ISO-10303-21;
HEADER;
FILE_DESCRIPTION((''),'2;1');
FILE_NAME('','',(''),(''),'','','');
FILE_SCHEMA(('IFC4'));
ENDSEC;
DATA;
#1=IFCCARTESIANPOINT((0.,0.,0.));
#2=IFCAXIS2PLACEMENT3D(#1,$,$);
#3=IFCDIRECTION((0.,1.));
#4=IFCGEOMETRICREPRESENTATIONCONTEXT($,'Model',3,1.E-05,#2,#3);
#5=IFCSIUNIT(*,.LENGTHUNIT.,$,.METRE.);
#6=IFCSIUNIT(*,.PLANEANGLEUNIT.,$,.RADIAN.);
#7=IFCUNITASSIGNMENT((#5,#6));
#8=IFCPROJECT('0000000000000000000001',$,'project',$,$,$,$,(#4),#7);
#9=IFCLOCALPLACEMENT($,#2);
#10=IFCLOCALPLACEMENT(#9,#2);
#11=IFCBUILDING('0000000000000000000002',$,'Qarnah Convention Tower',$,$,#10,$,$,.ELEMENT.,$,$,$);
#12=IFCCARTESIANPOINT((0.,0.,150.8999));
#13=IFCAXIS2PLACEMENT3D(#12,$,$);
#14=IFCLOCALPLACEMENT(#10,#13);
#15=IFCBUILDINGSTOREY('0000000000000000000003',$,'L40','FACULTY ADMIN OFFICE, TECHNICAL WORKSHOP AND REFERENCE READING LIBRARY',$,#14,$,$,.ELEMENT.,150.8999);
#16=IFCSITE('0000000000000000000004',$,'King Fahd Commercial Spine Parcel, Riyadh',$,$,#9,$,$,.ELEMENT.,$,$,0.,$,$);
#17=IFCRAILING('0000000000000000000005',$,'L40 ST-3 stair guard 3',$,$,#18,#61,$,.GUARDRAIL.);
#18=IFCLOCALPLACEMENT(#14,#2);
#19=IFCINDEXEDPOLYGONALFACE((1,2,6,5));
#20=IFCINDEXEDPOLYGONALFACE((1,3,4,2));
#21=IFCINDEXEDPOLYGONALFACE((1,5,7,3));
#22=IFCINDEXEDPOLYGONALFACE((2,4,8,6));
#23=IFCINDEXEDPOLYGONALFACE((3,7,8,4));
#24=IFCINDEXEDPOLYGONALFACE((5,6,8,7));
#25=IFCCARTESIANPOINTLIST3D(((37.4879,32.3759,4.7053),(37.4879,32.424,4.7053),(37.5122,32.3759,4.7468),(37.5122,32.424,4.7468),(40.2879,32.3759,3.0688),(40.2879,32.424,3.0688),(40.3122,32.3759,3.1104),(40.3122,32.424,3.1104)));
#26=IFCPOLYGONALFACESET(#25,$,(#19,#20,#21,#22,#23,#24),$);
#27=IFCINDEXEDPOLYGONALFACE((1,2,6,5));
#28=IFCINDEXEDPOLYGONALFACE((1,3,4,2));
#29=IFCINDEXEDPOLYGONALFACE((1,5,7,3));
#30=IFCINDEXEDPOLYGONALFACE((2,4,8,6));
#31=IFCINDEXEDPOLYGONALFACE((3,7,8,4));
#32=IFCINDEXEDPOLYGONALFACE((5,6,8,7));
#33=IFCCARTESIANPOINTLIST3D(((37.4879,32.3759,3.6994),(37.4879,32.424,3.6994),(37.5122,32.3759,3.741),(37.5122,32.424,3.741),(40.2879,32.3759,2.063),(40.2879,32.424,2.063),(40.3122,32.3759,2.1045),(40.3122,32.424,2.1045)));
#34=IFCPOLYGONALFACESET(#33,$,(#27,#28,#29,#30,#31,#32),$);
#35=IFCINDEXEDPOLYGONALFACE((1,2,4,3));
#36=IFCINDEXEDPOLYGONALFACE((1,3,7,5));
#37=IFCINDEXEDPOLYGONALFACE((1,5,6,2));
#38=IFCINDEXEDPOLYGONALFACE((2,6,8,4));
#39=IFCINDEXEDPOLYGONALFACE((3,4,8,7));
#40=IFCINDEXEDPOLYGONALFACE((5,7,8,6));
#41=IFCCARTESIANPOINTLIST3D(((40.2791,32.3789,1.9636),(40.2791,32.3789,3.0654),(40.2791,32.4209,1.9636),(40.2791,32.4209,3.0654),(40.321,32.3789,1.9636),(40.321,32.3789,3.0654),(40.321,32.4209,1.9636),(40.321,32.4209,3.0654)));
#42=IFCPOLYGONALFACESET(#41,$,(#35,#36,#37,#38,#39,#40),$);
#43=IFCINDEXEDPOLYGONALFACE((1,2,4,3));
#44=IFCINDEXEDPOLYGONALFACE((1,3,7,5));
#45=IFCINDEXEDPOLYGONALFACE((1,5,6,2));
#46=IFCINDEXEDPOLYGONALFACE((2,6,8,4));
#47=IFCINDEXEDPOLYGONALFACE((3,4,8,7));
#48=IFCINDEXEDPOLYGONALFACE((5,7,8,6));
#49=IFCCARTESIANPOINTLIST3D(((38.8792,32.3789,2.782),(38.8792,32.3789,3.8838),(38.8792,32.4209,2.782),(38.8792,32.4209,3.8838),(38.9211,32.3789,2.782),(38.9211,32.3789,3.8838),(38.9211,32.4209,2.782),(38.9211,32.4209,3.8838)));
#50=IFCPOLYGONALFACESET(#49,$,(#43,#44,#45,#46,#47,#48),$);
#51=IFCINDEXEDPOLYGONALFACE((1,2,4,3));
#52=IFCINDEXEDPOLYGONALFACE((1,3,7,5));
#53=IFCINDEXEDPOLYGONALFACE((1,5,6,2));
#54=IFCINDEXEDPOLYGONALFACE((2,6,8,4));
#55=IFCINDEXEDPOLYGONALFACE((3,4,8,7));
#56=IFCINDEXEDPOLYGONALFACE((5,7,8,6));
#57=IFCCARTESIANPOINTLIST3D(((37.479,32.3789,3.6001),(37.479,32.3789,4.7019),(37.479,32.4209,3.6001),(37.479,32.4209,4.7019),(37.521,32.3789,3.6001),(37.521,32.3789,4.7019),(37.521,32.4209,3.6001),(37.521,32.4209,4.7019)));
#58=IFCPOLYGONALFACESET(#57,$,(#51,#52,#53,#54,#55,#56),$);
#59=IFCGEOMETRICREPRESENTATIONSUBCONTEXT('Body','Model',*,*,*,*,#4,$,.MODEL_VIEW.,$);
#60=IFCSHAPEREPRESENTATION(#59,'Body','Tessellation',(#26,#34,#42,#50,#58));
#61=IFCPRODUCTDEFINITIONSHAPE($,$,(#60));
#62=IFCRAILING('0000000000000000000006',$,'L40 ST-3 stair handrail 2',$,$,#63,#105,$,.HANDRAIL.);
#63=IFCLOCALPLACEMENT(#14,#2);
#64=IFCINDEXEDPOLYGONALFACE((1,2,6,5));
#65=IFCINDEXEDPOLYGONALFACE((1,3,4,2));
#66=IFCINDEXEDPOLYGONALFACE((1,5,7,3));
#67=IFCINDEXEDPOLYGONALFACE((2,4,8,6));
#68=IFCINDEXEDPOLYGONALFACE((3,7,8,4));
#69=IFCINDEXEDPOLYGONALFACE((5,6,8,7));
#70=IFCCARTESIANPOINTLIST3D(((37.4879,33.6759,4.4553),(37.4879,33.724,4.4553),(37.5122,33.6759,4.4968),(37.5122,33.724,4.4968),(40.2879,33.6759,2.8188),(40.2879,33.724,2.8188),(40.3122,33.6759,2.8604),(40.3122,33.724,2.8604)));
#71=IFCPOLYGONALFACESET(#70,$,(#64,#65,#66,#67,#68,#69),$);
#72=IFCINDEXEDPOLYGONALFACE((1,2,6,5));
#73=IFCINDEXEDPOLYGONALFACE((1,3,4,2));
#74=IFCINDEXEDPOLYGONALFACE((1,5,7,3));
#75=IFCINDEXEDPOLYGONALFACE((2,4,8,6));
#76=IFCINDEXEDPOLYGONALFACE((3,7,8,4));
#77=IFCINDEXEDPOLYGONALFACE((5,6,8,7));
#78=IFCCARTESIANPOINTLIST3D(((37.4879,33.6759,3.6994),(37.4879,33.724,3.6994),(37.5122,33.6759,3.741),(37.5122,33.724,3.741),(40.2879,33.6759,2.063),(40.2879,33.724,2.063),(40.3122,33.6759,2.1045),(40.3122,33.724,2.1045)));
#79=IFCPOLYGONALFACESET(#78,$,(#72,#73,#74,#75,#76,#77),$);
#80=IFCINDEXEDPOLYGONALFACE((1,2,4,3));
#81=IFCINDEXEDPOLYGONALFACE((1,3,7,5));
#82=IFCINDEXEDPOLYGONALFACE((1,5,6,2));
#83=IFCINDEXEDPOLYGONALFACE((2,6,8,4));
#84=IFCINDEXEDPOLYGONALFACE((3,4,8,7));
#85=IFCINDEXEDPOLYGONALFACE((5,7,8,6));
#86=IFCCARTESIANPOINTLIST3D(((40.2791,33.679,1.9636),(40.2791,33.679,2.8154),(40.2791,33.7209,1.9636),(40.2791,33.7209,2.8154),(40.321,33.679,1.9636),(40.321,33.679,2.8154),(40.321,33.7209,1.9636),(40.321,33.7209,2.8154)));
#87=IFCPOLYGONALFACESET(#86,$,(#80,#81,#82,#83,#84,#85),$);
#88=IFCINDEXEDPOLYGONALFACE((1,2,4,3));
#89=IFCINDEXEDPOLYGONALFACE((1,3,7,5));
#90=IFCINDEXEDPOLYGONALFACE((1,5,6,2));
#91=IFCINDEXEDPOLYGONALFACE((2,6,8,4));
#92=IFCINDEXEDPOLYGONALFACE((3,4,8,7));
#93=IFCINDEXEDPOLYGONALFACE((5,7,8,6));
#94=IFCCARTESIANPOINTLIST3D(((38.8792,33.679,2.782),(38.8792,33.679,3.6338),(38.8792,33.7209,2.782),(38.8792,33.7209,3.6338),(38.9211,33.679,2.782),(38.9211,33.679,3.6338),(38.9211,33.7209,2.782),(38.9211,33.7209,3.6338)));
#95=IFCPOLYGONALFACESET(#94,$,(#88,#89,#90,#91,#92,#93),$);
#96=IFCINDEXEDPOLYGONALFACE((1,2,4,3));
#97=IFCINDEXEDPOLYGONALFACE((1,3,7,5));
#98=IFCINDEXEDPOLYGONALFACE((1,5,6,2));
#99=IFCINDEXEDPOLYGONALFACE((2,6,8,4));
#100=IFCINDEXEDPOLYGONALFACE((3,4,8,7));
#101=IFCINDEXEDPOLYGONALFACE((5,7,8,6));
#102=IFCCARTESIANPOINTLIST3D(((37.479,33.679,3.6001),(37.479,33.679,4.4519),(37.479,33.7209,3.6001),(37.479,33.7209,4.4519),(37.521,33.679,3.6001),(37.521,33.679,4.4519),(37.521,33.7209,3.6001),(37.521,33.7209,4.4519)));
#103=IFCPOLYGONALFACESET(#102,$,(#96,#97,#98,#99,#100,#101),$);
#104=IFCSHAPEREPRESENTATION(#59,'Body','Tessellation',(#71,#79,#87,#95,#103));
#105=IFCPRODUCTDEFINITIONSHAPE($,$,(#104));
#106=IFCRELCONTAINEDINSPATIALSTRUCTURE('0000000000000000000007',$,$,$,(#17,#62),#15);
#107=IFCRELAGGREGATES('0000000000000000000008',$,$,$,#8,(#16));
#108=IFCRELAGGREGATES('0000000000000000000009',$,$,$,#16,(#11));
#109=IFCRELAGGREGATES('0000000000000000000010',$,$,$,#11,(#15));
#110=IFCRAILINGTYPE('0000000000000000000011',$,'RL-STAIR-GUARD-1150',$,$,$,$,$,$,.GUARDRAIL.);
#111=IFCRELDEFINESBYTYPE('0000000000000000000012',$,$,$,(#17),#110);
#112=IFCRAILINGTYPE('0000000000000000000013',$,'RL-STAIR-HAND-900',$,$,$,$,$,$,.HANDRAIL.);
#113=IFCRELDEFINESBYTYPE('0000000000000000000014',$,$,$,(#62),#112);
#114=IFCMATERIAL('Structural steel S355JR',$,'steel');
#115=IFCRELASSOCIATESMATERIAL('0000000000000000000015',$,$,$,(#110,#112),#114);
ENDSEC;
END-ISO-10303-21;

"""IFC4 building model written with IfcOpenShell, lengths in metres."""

from ifc_helpers import new_model, si_unit, direction, frame, origin, origin_2d, place, context, subcontext, project, spatial, rectangle, extrude, material, type_object, element, save


model = new_model("IFC4")

# Units and contexts
model_context = context("Model", 3, precision=1e-05, world=origin(), true_north=direction((0.0, 1.0)))
body_context = subcontext(model_context, "Body", "Model", "MODEL_VIEW")
ifc_project = project(units=[si_unit("LENGTHUNIT", "METRE"), si_unit("PLANEANGLEUNIT", "RADIAN")], contexts=[model_context])

# Site, building, storey
site_placement = place(None, origin())
site = spatial("IfcSite", under=ifc_project, at=site_placement, Name="King Fahd Commercial Spine Parcel, Riyadh", CompositionType="ELEMENT", RefElevation=0.0)
building_placement = place(site_placement, origin())
building = spatial("IfcBuilding", under=site, at=building_placement, Name="Qarnah Convention Tower", CompositionType="ELEMENT")
storey_placement = place(building_placement, frame((0.0, 0.0, 150.8999)))
storey = spatial("IfcBuildingStorey", under=building, at=storey_placement, Name="L40", Description="FACULTY ADMIN OFFICE, TECHNICAL WORKSHOP AND REFERENCE READING LIBRARY", CompositionType="ELEMENT", Elevation=150.8999)

# Shared definitions
ifc_material_1 = material(Name="Structural steel S355JR", Category="steel")

# Railings
railing_type_1 = type_object("IfcRailingType", Name="RL-STAIR-GUARD-1150", PredefinedType="GUARDRAIL", material=ifc_material_1)
railing_1_placement = place(storey_placement, frame((40.3, 32.3999, 1.9636)))
element("IfcRailing", 1, at=railing_1_placement, inside=storey, type_object=railing_type_1, Name="L40 ST-3 stair guard 3", PredefinedType="GUARDRAIL", context=body_context, shape_type="SweptSolid", body=[
    extrude(rectangle(XDim=0.0481, YDim=0.0481, at=origin_2d()), frame((0.0, 0.0, 1.126), z_axis=(-0.863361, 0.0, 0.504587), x_axis=(0.0, -1.0, 0.0)), (0.0, 0.0, 1.0), 3.2432),
    extrude(rectangle(XDim=0.0481, YDim=0.0481, at=origin_2d()), frame((0.0, 0.0, 0.1201), z_axis=(-0.863361, 0.0, 0.504587), x_axis=(0.0, -1.0, 0.0)), (0.0, 0.0, 1.0), 3.2432),
    extrude(rectangle(XDim=0.042, YDim=0.042, at=origin_2d()), origin(), (0.0, 0.0, 1.0), 1.1018),
    extrude(rectangle(XDim=0.042, YDim=0.042, at=origin_2d()), frame((-1.3999, 0.0, 0.8184)), (0.0, 0.0, 1.0), 1.1018),
    extrude(rectangle(XDim=0.042, YDim=0.042, at=origin_2d()), frame((-2.8, 0.0, 1.6365)), (0.0, 0.0, 1.0), 1.1018),
])
railing_type_2 = type_object("IfcRailingType", Name="RL-STAIR-HAND-900", PredefinedType="HANDRAIL", material=ifc_material_1)
railing_2_placement = place(storey_placement, frame((40.3, 33.7, 1.9636)))
element("IfcRailing", 2, at=railing_2_placement, inside=storey, type_object=railing_type_2, Name="L40 ST-3 stair handrail 2", PredefinedType="HANDRAIL", context=body_context, shape_type="SweptSolid", body=[
    extrude(rectangle(XDim=0.0481, YDim=0.0481, at=origin_2d()), frame((0.0, 0.0, 0.876), z_axis=(-0.863361, 0.0, 0.504587), x_axis=(0.0, -1.0, 0.0)), (0.0, 0.0, 1.0), 3.2432),
    extrude(rectangle(XDim=0.0481, YDim=0.0481, at=origin_2d()), frame((0.0, 0.0, 0.1201), z_axis=(-0.863361, 0.0, 0.504587), x_axis=(0.0, -1.0, 0.0)), (0.0, 0.0, 1.0), 3.2432),
    extrude(rectangle(XDim=0.042, YDim=0.042, at=origin_2d()), origin(), (0.0, 0.0, 1.0), 0.8518),
    extrude(rectangle(XDim=0.042, YDim=0.042, at=origin_2d()), frame((-1.3999, 0.0, 0.8184)), (0.0, 0.0, 1.0), 0.8518),
    extrude(rectangle(XDim=0.042, YDim=0.042, at=origin_2d()), frame((-2.8, 0.0, 1.6365)), (0.0, 0.0, 1.0), 0.8518),
])

save(model, "model.ifc")
